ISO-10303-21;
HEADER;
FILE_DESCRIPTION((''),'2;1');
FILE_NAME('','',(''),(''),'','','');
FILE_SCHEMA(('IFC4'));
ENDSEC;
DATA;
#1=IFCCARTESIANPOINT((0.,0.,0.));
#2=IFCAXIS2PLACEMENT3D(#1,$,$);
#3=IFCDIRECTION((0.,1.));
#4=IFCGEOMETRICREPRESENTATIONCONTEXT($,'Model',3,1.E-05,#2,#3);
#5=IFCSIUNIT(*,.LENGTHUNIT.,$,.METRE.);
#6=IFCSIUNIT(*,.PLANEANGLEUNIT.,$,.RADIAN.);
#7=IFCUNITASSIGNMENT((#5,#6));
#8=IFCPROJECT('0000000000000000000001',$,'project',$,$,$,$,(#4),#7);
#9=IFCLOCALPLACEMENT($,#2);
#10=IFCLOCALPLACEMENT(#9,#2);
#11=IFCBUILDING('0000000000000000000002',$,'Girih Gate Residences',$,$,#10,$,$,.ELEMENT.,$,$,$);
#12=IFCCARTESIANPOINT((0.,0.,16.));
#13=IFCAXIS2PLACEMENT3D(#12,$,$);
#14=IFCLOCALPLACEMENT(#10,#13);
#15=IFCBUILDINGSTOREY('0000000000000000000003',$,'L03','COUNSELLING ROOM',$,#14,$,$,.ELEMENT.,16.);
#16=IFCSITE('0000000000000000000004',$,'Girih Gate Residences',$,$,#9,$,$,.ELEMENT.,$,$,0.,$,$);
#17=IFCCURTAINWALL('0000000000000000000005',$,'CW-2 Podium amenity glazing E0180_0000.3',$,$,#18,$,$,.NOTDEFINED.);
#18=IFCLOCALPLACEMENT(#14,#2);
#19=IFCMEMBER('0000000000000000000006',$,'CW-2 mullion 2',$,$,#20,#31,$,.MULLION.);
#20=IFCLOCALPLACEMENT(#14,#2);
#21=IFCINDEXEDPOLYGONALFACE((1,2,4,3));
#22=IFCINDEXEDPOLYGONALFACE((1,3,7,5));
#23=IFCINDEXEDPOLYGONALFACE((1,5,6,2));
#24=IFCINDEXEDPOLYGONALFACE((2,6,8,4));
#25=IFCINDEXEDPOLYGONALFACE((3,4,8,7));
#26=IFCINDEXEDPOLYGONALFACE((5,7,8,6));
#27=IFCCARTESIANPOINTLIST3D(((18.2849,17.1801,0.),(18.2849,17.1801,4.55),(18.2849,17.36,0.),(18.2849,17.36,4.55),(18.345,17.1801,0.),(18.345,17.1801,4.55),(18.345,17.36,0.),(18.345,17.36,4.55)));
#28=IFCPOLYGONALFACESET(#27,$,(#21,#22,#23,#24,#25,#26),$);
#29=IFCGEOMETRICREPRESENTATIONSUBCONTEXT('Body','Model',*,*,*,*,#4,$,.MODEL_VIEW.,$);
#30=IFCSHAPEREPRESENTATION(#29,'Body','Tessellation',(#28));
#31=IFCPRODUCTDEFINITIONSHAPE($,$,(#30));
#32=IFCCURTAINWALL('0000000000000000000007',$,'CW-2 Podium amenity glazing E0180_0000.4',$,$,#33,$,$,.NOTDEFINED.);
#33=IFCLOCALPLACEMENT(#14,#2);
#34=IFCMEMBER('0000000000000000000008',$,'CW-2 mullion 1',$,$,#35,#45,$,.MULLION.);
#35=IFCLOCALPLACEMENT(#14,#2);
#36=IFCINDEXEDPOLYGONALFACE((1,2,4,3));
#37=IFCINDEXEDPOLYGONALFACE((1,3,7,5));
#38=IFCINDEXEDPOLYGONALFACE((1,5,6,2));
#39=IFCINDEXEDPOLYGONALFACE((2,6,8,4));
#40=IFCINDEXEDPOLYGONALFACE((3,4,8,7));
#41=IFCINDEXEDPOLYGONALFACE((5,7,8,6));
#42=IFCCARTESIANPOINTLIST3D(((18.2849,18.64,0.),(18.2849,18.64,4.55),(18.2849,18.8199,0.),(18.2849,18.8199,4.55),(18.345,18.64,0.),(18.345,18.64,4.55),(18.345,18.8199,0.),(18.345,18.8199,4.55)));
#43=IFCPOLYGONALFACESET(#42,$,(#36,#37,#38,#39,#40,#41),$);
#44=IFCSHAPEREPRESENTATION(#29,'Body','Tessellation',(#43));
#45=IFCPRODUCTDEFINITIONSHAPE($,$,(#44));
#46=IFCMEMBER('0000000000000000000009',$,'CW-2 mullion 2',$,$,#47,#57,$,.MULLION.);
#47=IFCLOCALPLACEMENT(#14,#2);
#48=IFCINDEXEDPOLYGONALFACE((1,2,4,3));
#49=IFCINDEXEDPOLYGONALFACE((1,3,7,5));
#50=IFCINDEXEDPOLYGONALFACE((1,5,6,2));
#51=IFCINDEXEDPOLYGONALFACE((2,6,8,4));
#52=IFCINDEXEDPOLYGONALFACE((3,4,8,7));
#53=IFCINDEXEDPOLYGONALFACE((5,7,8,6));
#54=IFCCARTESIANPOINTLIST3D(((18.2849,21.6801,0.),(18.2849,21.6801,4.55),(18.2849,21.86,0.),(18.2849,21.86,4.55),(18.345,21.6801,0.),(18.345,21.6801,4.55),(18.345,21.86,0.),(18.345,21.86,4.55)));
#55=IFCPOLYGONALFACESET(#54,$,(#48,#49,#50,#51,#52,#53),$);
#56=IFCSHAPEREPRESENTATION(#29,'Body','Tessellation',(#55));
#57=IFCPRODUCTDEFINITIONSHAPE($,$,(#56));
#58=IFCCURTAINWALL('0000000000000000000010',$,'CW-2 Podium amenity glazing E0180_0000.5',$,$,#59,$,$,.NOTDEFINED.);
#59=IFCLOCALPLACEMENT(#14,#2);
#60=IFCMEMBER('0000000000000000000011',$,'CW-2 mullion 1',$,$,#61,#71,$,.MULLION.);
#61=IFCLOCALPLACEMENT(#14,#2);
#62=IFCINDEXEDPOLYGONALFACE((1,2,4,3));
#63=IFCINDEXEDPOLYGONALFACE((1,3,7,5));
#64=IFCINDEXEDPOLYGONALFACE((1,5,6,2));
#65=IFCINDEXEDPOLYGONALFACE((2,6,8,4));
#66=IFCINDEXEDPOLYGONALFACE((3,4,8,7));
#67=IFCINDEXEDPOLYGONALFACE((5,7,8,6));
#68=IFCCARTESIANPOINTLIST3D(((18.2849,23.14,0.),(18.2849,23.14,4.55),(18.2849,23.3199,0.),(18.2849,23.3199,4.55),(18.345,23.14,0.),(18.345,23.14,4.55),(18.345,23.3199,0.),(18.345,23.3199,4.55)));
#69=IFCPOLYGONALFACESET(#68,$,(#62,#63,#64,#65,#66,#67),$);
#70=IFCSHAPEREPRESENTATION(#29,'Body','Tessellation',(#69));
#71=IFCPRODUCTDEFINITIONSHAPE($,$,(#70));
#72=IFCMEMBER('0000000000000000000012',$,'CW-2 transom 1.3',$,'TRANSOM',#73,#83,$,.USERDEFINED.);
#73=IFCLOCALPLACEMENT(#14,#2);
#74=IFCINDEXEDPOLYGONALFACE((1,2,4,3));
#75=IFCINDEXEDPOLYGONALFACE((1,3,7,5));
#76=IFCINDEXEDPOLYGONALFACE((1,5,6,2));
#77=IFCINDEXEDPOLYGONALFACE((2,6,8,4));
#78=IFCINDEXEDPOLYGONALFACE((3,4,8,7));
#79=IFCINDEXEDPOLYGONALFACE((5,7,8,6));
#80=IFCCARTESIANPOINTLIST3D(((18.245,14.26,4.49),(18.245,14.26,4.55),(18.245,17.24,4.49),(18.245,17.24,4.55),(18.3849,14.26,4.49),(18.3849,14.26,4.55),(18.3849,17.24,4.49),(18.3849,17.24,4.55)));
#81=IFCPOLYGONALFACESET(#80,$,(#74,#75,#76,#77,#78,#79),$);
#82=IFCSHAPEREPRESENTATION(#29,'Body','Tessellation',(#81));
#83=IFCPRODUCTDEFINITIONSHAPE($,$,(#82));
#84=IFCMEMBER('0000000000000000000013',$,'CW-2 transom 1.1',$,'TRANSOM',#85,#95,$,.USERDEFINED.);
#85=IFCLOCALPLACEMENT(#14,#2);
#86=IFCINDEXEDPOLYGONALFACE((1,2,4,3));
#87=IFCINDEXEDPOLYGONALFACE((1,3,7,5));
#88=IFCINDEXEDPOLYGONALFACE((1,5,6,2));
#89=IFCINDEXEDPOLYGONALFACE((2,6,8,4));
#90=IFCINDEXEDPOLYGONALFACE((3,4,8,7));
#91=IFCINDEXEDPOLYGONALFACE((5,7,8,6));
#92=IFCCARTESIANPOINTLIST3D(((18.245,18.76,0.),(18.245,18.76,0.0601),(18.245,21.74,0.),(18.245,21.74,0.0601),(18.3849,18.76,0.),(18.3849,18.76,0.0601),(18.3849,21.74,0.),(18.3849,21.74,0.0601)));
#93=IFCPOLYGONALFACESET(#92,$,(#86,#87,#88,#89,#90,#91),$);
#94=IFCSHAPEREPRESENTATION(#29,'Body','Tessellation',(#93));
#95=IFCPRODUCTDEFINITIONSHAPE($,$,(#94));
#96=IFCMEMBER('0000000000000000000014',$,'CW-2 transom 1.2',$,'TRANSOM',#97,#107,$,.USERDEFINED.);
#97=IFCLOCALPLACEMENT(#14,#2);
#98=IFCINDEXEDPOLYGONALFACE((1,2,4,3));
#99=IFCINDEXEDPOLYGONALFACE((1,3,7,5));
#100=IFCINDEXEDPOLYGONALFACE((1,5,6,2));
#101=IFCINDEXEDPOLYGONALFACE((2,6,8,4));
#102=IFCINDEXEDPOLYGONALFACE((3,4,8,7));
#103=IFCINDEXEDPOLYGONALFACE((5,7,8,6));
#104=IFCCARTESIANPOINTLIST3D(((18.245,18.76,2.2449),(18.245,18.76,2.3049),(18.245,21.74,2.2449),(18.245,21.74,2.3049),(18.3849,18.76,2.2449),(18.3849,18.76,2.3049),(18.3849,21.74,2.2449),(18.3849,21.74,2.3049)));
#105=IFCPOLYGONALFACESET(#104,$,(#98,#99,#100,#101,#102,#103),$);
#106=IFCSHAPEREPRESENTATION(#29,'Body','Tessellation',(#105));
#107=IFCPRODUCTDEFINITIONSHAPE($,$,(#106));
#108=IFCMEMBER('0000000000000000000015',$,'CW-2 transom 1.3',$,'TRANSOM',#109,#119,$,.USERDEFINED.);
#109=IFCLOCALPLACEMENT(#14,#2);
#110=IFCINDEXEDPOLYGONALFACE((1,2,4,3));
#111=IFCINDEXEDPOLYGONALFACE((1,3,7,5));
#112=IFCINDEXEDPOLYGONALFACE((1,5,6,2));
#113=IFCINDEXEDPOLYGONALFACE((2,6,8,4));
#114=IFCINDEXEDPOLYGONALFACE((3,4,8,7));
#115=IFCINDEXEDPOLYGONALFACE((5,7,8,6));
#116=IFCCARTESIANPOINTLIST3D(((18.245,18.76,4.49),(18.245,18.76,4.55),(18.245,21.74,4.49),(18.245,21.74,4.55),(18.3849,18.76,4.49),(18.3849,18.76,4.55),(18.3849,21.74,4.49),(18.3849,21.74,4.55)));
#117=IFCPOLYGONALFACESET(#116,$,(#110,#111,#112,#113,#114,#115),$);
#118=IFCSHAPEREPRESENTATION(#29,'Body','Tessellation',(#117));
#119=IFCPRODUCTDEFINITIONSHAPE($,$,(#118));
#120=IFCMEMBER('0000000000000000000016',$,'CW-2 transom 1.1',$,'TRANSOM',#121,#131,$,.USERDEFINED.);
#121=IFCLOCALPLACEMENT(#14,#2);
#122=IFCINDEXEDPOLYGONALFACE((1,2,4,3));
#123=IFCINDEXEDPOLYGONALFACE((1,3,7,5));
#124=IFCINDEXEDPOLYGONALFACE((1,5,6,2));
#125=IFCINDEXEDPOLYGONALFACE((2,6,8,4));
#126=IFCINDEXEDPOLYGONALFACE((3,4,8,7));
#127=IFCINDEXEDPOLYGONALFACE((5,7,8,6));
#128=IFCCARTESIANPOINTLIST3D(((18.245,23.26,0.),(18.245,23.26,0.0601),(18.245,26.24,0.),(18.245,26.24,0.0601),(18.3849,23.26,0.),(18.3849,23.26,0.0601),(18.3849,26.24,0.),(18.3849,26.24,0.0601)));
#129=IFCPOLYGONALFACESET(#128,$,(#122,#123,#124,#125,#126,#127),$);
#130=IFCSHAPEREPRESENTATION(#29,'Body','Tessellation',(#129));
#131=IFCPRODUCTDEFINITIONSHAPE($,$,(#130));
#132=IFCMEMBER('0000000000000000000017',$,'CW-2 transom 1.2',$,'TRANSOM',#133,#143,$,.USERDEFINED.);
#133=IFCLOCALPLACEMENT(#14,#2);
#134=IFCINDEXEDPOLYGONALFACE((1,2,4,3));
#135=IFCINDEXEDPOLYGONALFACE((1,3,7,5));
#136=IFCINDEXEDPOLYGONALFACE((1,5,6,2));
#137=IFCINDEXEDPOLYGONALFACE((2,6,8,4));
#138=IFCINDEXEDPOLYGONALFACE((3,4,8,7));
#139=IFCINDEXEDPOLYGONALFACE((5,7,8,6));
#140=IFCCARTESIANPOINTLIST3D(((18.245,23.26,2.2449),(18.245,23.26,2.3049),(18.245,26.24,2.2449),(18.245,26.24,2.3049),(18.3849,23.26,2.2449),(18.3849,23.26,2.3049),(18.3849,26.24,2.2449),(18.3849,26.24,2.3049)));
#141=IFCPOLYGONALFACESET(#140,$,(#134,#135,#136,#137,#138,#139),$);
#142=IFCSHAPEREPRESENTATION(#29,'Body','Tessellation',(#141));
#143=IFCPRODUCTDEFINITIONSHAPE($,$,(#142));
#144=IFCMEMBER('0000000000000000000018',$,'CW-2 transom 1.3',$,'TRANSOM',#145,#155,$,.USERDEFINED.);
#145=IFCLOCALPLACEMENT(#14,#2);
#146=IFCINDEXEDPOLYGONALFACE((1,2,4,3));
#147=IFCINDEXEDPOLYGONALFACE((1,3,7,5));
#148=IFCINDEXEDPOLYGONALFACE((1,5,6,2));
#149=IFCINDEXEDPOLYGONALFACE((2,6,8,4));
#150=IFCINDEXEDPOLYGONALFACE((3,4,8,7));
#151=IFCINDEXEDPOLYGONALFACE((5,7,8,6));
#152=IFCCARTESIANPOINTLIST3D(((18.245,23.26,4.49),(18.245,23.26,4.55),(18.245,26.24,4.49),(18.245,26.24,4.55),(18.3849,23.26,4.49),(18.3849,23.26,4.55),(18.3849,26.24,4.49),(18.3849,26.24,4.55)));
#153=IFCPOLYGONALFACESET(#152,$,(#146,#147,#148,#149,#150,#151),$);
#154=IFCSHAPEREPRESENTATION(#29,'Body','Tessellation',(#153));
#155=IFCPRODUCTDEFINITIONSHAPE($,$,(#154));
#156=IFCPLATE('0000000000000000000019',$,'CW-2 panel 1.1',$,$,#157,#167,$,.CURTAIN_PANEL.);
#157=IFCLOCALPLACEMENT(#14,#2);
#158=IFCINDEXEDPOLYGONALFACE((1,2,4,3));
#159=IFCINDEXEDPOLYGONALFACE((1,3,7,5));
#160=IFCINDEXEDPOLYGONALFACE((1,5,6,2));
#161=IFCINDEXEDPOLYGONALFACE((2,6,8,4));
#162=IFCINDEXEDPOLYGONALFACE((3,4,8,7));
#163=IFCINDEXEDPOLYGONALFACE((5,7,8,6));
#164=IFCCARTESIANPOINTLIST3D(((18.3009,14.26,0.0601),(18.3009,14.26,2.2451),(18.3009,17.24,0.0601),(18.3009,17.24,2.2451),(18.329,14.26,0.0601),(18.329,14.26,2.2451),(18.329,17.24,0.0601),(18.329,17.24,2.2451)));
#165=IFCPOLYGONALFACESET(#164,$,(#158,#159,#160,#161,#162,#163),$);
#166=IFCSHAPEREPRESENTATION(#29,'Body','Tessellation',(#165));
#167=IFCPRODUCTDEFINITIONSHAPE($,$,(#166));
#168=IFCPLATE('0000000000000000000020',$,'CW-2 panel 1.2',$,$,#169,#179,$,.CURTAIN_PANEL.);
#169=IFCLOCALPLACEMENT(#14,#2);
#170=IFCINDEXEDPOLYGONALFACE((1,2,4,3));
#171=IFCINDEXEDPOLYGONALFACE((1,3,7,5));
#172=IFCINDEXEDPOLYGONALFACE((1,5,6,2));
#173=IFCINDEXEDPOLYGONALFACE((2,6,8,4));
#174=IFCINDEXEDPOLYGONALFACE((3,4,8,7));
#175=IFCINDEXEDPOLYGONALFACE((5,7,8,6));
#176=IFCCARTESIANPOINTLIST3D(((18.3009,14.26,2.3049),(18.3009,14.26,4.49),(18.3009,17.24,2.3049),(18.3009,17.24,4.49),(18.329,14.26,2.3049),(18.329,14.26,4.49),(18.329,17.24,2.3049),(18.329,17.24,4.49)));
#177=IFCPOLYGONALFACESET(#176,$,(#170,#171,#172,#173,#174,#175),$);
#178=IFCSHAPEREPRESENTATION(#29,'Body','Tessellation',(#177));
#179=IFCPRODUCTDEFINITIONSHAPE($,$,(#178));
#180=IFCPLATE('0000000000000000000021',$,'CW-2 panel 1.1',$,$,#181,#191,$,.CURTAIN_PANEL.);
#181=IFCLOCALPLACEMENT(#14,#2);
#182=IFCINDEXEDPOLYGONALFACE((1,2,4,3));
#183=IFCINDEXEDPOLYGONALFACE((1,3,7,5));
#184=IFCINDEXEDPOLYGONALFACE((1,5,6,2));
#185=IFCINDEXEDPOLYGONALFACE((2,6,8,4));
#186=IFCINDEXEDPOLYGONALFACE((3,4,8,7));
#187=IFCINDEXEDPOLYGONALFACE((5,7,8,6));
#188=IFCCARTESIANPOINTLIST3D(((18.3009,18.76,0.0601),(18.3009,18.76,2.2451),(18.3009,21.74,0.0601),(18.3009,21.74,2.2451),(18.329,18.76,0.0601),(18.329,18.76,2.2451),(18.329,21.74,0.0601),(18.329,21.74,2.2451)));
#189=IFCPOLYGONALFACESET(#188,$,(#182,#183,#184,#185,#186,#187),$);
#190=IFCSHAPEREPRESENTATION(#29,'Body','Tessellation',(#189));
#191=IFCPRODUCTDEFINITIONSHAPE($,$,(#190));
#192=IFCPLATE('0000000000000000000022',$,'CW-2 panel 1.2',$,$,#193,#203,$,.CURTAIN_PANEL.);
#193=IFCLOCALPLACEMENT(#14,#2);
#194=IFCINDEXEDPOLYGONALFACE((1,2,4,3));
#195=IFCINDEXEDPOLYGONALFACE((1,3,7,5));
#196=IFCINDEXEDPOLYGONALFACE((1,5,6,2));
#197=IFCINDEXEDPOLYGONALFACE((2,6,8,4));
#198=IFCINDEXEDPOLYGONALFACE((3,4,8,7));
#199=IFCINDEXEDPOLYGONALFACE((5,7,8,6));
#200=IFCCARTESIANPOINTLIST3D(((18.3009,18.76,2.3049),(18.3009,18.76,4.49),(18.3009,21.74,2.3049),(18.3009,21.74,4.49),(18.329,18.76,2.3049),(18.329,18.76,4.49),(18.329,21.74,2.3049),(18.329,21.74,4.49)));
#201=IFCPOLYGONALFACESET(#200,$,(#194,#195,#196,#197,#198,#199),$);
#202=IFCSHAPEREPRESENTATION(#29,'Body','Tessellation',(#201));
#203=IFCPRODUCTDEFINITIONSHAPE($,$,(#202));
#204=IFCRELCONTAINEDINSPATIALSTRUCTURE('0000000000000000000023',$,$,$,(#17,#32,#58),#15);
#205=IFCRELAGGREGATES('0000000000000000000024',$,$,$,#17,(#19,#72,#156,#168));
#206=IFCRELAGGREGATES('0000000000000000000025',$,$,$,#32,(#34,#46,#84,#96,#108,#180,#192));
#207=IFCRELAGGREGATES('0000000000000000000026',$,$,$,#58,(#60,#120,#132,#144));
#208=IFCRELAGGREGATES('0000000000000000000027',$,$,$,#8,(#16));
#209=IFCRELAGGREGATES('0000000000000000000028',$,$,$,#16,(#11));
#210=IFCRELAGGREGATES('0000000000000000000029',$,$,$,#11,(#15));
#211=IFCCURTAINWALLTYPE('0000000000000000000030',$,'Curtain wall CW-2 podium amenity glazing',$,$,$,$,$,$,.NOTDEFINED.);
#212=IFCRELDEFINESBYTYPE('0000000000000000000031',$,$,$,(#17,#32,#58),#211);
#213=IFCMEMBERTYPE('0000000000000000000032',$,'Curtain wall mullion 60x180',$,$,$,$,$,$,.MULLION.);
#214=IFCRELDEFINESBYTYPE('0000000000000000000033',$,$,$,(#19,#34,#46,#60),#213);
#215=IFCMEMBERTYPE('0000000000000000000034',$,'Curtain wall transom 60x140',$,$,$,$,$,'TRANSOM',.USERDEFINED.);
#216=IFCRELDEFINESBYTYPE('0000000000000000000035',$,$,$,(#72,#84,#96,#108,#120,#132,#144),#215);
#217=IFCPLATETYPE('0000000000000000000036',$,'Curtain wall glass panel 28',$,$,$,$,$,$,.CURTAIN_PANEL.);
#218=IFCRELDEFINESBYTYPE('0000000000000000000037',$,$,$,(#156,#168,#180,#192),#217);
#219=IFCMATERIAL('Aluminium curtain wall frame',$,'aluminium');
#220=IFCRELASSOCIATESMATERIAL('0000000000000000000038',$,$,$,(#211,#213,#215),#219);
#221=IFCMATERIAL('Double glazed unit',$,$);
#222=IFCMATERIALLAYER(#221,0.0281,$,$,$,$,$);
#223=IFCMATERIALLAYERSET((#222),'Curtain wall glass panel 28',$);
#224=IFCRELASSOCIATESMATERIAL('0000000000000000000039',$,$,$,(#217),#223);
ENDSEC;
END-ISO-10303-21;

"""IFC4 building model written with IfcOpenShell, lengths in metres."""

from ifc_helpers import new_model, si_unit, direction, frame, origin, origin_2d, place, context, subcontext, project, spatial, rectangle, extrude, material, layer, layer_set, material_profile, profile_set, type_object, element, aggregate, save


model = new_model("IFC4")

# Units and contexts
model_context = context("Model", 3, precision=1e-05, world=origin(), true_north=direction((0.0, 1.0)))
body_context = subcontext(model_context, "Body", "Model", "MODEL_VIEW")
ifc_project = project(units=[si_unit("LENGTHUNIT", "METRE"), si_unit("PLANEANGLEUNIT", "RADIAN")], contexts=[model_context])

# Site, building, storey
site_placement = place(None, origin())
site = spatial("IfcSite", under=ifc_project, at=site_placement, Name="Girih Gate Residences", CompositionType="ELEMENT", RefElevation=0.0)
building_placement = place(site_placement, origin())
building = spatial("IfcBuilding", under=site, at=building_placement, Name="Girih Gate Residences", CompositionType="ELEMENT")
storey_placement = place(building_placement, frame((0.0, 0.0, 16.0)))
storey = spatial("IfcBuildingStorey", under=building, at=storey_placement, Name="L03", Description="COUNSELLING ROOM", CompositionType="ELEMENT", Elevation=16.0)

# Curtain wall, member
ifc_material_1 = material(Name="Aluminium curtain wall frame", Category="aluminium")
curtain_wall_type = type_object("IfcCurtainWallType", Name="Curtain wall CW-2 podium amenity glazing", PredefinedType="NOTDEFINED", material=ifc_material_1)
curtain_wall_1_placement = place(storey_placement, origin())
curtain_wall_1 = element("IfcCurtainWall", 1, at=curtain_wall_1_placement, inside=storey, type_object=curtain_wall_type, Name="CW-2 Podium amenity glazing E0180_0000.3", PredefinedType="NOTDEFINED")
ifc_material_profile_1 = material_profile(ifc_material_1, rectangle(XDim=0.0601, YDim=0.1799, at=origin_2d()))
ifc_profile_set_1 = profile_set([ifc_material_profile_1], Name="Aluminium curtain wall frame")
member_type_1 = type_object("IfcMemberType", Name="Curtain wall mullion 60x180", PredefinedType="MULLION", material=ifc_profile_set_1)
member_1_placement = place(storey_placement, frame((18.3149, 17.27, 0.0), z_axis=(0.0, 0.0, 1.0), x_axis=(-1.0, 0.0, 0.0)))
member_1 = element("IfcMember", 2, at=member_1_placement, type_object=member_type_1, Name="CW-2 mullion 2", PredefinedType="MULLION", context=body_context, shape_type="SweptSolid", body=[
    extrude(rectangle(XDim=0.0601, YDim=0.1799, at=origin_2d()), origin(), (0.0, 0.0, 1.0), 4.55),
])

# Curtain wall, members
curtain_wall_2_placement = place(storey_placement, origin())
curtain_wall_2 = element("IfcCurtainWall", 3, at=curtain_wall_2_placement, inside=storey, type_object=curtain_wall_type, Name="CW-2 Podium amenity glazing E0180_0000.4", PredefinedType="NOTDEFINED")
member_2_placement = place(storey_placement, frame((18.3149, 18.73, 0.0), z_axis=(0.0, 0.0, 1.0), x_axis=(-1.0, 0.0, 0.0)))
member_2 = element("IfcMember", 4, at=member_2_placement, type_object=member_type_1, Name="CW-2 mullion 1", PredefinedType="MULLION", context=body_context, shape_type="SweptSolid", body=[
    extrude(rectangle(XDim=0.0601, YDim=0.1799, at=origin_2d()), origin(), (0.0, 0.0, 1.0), 4.55),
])
member_3_placement = place(storey_placement, frame((18.3149, 21.77, 0.0), z_axis=(0.0, 0.0, 1.0), x_axis=(-1.0, 0.0, 0.0)))
member_3 = element("IfcMember", 5, at=member_3_placement, type_object=member_type_1, Name="CW-2 mullion 2", PredefinedType="MULLION", context=body_context, shape_type="SweptSolid", body=[
    extrude(rectangle(XDim=0.0601, YDim=0.1799, at=origin_2d()), origin(), (0.0, 0.0, 1.0), 4.55),
])

# Curtain wall, member
curtain_wall_3_placement = place(storey_placement, origin())
curtain_wall_3 = element("IfcCurtainWall", 6, at=curtain_wall_3_placement, inside=storey, type_object=curtain_wall_type, Name="CW-2 Podium amenity glazing E0180_0000.5", PredefinedType="NOTDEFINED")
member_4_placement = place(storey_placement, frame((18.3149, 23.23, 0.0), z_axis=(0.0, 0.0, 1.0), x_axis=(-1.0, 0.0, 0.0)))
member_4 = element("IfcMember", 7, at=member_4_placement, type_object=member_type_1, Name="CW-2 mullion 1", PredefinedType="MULLION", context=body_context, shape_type="SweptSolid", body=[
    extrude(rectangle(XDim=0.0601, YDim=0.1799, at=origin_2d()), origin(), (0.0, 0.0, 1.0), 4.55),
])

# Members
ifc_material_profile_2 = material_profile(ifc_material_1, rectangle(XDim=0.1399, YDim=0.0601, at=origin_2d()))
ifc_profile_set_2 = profile_set([ifc_material_profile_2], Name="Aluminium curtain wall frame")
member_type_2 = type_object("IfcMemberType", Name="Curtain wall transom 60x140", ElementType="TRANSOM", PredefinedType="USERDEFINED", material=ifc_profile_set_2)
member_5_placement = place(storey_placement, frame((18.3149, 14.26, 4.52), z_axis=(0.0, 1.0, 0.0), x_axis=(-1.0, 0.0, 0.0)))
member_5 = element("IfcMember", 8, at=member_5_placement, type_object=member_type_2, Name="CW-2 transom 1.3", ObjectType="TRANSOM", PredefinedType="USERDEFINED", context=body_context, shape_type="SweptSolid", body=[
    extrude(rectangle(XDim=0.1399, YDim=0.0601, at=origin_2d()), origin(), (0.0, 0.0, 1.0), 2.98),
])
member_6_placement = place(storey_placement, frame((18.3149, 18.76, 0.03), z_axis=(0.0, 1.0, 0.0), x_axis=(-1.0, 0.0, 0.0)))
member_6 = element("IfcMember", 9, at=member_6_placement, type_object=member_type_2, Name="CW-2 transom 1.1", ObjectType="TRANSOM", PredefinedType="USERDEFINED", context=body_context, shape_type="SweptSolid", body=[
    extrude(rectangle(XDim=0.1399, YDim=0.0601, at=origin_2d()), origin(), (0.0, 0.0, 1.0), 2.98),
])
member_7_placement = place(storey_placement, frame((18.3149, 18.76, 2.2749), z_axis=(0.0, 1.0, 0.0), x_axis=(-1.0, 0.0, 0.0)))
member_7 = element("IfcMember", 10, at=member_7_placement, type_object=member_type_2, Name="CW-2 transom 1.2", ObjectType="TRANSOM", PredefinedType="USERDEFINED", context=body_context, shape_type="SweptSolid", body=[
    extrude(rectangle(XDim=0.1399, YDim=0.0601, at=origin_2d()), origin(), (0.0, 0.0, 1.0), 2.98),
])
member_8_placement = place(storey_placement, frame((18.3149, 18.76, 4.52), z_axis=(0.0, 1.0, 0.0), x_axis=(-1.0, 0.0, 0.0)))
member_8 = element("IfcMember", 11, at=member_8_placement, type_object=member_type_2, Name="CW-2 transom 1.3", ObjectType="TRANSOM", PredefinedType="USERDEFINED", context=body_context, shape_type="SweptSolid", body=[
    extrude(rectangle(XDim=0.1399, YDim=0.0601, at=origin_2d()), origin(), (0.0, 0.0, 1.0), 2.98),
])
member_9_placement = place(storey_placement, frame((18.3149, 23.26, 0.03), z_axis=(0.0, 1.0, 0.0), x_axis=(-1.0, 0.0, 0.0)))
member_9 = element("IfcMember", 12, at=member_9_placement, type_object=member_type_2, Name="CW-2 transom 1.1", ObjectType="TRANSOM", PredefinedType="USERDEFINED", context=body_context, shape_type="SweptSolid", body=[
    extrude(rectangle(XDim=0.1399, YDim=0.0601, at=origin_2d()), origin(), (0.0, 0.0, 1.0), 2.98),
])
member_10_placement = place(storey_placement, frame((18.3149, 23.26, 2.2749), z_axis=(0.0, 1.0, 0.0), x_axis=(-1.0, 0.0, 0.0)))
member_10 = element("IfcMember", 13, at=member_10_placement, type_object=member_type_2, Name="CW-2 transom 1.2", ObjectType="TRANSOM", PredefinedType="USERDEFINED", context=body_context, shape_type="SweptSolid", body=[
    extrude(rectangle(XDim=0.1399, YDim=0.0601, at=origin_2d()), origin(), (0.0, 0.0, 1.0), 2.98),
])
member_11_placement = place(storey_placement, frame((18.3149, 23.26, 4.52), z_axis=(0.0, 1.0, 0.0), x_axis=(-1.0, 0.0, 0.0)))
member_11 = element("IfcMember", 14, at=member_11_placement, type_object=member_type_2, Name="CW-2 transom 1.3", ObjectType="TRANSOM", PredefinedType="USERDEFINED", context=body_context, shape_type="SweptSolid", body=[
    extrude(rectangle(XDim=0.1399, YDim=0.0601, at=origin_2d()), origin(), (0.0, 0.0, 1.0), 2.98),
])

# Plates
ifc_material_2 = material(Name="Double glazed unit")
ifc_layer_1 = layer(ifc_material_2, 0.0281)
ifc_layer_set_1 = layer_set([ifc_layer_1], Name="Curtain wall glass panel 28")
plate_type = type_object("IfcPlateType", Name="Curtain wall glass panel 28", PredefinedType="CURTAIN_PANEL", material=ifc_layer_set_1)
plate_1_placement = place(storey_placement, frame((18.3149, 15.75, 0.0601), z_axis=(0.0, 0.0, 1.0), x_axis=(0.0, 1.0, 0.0)))
plate_1 = element("IfcPlate", 15, at=plate_1_placement, type_object=plate_type, Name="CW-2 panel 1.1", PredefinedType="CURTAIN_PANEL", context=body_context, shape_type="SweptSolid", body=[
    extrude(rectangle(XDim=2.98, YDim=0.0281, at=origin_2d()), origin(), (0.0, 0.0, 1.0), 2.1851),
])
plate_2_placement = place(storey_placement, frame((18.3149, 15.75, 2.3049), z_axis=(0.0, 0.0, 1.0), x_axis=(0.0, 1.0, 0.0)))
plate_2 = element("IfcPlate", 16, at=plate_2_placement, type_object=plate_type, Name="CW-2 panel 1.2", PredefinedType="CURTAIN_PANEL", context=body_context, shape_type="SweptSolid", body=[
    extrude(rectangle(XDim=2.98, YDim=0.0281, at=origin_2d()), origin(), (0.0, 0.0, 1.0), 2.1851),
])
aggregate(curtain_wall_1, [member_1, member_5, plate_1, plate_2])
plate_3_placement = place(storey_placement, frame((18.3149, 20.25, 0.0601), z_axis=(0.0, 0.0, 1.0), x_axis=(0.0, 1.0, 0.0)))
plate_3 = element("IfcPlate", 17, at=plate_3_placement, type_object=plate_type, Name="CW-2 panel 1.1", PredefinedType="CURTAIN_PANEL", context=body_context, shape_type="SweptSolid", body=[
    extrude(rectangle(XDim=2.98, YDim=0.0281, at=origin_2d()), origin(), (0.0, 0.0, 1.0), 2.1851),
])
plate_4_placement = place(storey_placement, frame((18.3149, 20.25, 2.3049), z_axis=(0.0, 0.0, 1.0), x_axis=(0.0, 1.0, 0.0)))
plate_4 = element("IfcPlate", 18, at=plate_4_placement, type_object=plate_type, Name="CW-2 panel 1.2", PredefinedType="CURTAIN_PANEL", context=body_context, shape_type="SweptSolid", body=[
    extrude(rectangle(XDim=2.98, YDim=0.0281, at=origin_2d()), origin(), (0.0, 0.0, 1.0), 2.1851),
])
aggregate(curtain_wall_2, [member_2, member_3, member_6, member_7, member_8, plate_3, plate_4])
aggregate(curtain_wall_3, [member_4, member_9, member_10, member_11])

save(model, "model.ifc")
